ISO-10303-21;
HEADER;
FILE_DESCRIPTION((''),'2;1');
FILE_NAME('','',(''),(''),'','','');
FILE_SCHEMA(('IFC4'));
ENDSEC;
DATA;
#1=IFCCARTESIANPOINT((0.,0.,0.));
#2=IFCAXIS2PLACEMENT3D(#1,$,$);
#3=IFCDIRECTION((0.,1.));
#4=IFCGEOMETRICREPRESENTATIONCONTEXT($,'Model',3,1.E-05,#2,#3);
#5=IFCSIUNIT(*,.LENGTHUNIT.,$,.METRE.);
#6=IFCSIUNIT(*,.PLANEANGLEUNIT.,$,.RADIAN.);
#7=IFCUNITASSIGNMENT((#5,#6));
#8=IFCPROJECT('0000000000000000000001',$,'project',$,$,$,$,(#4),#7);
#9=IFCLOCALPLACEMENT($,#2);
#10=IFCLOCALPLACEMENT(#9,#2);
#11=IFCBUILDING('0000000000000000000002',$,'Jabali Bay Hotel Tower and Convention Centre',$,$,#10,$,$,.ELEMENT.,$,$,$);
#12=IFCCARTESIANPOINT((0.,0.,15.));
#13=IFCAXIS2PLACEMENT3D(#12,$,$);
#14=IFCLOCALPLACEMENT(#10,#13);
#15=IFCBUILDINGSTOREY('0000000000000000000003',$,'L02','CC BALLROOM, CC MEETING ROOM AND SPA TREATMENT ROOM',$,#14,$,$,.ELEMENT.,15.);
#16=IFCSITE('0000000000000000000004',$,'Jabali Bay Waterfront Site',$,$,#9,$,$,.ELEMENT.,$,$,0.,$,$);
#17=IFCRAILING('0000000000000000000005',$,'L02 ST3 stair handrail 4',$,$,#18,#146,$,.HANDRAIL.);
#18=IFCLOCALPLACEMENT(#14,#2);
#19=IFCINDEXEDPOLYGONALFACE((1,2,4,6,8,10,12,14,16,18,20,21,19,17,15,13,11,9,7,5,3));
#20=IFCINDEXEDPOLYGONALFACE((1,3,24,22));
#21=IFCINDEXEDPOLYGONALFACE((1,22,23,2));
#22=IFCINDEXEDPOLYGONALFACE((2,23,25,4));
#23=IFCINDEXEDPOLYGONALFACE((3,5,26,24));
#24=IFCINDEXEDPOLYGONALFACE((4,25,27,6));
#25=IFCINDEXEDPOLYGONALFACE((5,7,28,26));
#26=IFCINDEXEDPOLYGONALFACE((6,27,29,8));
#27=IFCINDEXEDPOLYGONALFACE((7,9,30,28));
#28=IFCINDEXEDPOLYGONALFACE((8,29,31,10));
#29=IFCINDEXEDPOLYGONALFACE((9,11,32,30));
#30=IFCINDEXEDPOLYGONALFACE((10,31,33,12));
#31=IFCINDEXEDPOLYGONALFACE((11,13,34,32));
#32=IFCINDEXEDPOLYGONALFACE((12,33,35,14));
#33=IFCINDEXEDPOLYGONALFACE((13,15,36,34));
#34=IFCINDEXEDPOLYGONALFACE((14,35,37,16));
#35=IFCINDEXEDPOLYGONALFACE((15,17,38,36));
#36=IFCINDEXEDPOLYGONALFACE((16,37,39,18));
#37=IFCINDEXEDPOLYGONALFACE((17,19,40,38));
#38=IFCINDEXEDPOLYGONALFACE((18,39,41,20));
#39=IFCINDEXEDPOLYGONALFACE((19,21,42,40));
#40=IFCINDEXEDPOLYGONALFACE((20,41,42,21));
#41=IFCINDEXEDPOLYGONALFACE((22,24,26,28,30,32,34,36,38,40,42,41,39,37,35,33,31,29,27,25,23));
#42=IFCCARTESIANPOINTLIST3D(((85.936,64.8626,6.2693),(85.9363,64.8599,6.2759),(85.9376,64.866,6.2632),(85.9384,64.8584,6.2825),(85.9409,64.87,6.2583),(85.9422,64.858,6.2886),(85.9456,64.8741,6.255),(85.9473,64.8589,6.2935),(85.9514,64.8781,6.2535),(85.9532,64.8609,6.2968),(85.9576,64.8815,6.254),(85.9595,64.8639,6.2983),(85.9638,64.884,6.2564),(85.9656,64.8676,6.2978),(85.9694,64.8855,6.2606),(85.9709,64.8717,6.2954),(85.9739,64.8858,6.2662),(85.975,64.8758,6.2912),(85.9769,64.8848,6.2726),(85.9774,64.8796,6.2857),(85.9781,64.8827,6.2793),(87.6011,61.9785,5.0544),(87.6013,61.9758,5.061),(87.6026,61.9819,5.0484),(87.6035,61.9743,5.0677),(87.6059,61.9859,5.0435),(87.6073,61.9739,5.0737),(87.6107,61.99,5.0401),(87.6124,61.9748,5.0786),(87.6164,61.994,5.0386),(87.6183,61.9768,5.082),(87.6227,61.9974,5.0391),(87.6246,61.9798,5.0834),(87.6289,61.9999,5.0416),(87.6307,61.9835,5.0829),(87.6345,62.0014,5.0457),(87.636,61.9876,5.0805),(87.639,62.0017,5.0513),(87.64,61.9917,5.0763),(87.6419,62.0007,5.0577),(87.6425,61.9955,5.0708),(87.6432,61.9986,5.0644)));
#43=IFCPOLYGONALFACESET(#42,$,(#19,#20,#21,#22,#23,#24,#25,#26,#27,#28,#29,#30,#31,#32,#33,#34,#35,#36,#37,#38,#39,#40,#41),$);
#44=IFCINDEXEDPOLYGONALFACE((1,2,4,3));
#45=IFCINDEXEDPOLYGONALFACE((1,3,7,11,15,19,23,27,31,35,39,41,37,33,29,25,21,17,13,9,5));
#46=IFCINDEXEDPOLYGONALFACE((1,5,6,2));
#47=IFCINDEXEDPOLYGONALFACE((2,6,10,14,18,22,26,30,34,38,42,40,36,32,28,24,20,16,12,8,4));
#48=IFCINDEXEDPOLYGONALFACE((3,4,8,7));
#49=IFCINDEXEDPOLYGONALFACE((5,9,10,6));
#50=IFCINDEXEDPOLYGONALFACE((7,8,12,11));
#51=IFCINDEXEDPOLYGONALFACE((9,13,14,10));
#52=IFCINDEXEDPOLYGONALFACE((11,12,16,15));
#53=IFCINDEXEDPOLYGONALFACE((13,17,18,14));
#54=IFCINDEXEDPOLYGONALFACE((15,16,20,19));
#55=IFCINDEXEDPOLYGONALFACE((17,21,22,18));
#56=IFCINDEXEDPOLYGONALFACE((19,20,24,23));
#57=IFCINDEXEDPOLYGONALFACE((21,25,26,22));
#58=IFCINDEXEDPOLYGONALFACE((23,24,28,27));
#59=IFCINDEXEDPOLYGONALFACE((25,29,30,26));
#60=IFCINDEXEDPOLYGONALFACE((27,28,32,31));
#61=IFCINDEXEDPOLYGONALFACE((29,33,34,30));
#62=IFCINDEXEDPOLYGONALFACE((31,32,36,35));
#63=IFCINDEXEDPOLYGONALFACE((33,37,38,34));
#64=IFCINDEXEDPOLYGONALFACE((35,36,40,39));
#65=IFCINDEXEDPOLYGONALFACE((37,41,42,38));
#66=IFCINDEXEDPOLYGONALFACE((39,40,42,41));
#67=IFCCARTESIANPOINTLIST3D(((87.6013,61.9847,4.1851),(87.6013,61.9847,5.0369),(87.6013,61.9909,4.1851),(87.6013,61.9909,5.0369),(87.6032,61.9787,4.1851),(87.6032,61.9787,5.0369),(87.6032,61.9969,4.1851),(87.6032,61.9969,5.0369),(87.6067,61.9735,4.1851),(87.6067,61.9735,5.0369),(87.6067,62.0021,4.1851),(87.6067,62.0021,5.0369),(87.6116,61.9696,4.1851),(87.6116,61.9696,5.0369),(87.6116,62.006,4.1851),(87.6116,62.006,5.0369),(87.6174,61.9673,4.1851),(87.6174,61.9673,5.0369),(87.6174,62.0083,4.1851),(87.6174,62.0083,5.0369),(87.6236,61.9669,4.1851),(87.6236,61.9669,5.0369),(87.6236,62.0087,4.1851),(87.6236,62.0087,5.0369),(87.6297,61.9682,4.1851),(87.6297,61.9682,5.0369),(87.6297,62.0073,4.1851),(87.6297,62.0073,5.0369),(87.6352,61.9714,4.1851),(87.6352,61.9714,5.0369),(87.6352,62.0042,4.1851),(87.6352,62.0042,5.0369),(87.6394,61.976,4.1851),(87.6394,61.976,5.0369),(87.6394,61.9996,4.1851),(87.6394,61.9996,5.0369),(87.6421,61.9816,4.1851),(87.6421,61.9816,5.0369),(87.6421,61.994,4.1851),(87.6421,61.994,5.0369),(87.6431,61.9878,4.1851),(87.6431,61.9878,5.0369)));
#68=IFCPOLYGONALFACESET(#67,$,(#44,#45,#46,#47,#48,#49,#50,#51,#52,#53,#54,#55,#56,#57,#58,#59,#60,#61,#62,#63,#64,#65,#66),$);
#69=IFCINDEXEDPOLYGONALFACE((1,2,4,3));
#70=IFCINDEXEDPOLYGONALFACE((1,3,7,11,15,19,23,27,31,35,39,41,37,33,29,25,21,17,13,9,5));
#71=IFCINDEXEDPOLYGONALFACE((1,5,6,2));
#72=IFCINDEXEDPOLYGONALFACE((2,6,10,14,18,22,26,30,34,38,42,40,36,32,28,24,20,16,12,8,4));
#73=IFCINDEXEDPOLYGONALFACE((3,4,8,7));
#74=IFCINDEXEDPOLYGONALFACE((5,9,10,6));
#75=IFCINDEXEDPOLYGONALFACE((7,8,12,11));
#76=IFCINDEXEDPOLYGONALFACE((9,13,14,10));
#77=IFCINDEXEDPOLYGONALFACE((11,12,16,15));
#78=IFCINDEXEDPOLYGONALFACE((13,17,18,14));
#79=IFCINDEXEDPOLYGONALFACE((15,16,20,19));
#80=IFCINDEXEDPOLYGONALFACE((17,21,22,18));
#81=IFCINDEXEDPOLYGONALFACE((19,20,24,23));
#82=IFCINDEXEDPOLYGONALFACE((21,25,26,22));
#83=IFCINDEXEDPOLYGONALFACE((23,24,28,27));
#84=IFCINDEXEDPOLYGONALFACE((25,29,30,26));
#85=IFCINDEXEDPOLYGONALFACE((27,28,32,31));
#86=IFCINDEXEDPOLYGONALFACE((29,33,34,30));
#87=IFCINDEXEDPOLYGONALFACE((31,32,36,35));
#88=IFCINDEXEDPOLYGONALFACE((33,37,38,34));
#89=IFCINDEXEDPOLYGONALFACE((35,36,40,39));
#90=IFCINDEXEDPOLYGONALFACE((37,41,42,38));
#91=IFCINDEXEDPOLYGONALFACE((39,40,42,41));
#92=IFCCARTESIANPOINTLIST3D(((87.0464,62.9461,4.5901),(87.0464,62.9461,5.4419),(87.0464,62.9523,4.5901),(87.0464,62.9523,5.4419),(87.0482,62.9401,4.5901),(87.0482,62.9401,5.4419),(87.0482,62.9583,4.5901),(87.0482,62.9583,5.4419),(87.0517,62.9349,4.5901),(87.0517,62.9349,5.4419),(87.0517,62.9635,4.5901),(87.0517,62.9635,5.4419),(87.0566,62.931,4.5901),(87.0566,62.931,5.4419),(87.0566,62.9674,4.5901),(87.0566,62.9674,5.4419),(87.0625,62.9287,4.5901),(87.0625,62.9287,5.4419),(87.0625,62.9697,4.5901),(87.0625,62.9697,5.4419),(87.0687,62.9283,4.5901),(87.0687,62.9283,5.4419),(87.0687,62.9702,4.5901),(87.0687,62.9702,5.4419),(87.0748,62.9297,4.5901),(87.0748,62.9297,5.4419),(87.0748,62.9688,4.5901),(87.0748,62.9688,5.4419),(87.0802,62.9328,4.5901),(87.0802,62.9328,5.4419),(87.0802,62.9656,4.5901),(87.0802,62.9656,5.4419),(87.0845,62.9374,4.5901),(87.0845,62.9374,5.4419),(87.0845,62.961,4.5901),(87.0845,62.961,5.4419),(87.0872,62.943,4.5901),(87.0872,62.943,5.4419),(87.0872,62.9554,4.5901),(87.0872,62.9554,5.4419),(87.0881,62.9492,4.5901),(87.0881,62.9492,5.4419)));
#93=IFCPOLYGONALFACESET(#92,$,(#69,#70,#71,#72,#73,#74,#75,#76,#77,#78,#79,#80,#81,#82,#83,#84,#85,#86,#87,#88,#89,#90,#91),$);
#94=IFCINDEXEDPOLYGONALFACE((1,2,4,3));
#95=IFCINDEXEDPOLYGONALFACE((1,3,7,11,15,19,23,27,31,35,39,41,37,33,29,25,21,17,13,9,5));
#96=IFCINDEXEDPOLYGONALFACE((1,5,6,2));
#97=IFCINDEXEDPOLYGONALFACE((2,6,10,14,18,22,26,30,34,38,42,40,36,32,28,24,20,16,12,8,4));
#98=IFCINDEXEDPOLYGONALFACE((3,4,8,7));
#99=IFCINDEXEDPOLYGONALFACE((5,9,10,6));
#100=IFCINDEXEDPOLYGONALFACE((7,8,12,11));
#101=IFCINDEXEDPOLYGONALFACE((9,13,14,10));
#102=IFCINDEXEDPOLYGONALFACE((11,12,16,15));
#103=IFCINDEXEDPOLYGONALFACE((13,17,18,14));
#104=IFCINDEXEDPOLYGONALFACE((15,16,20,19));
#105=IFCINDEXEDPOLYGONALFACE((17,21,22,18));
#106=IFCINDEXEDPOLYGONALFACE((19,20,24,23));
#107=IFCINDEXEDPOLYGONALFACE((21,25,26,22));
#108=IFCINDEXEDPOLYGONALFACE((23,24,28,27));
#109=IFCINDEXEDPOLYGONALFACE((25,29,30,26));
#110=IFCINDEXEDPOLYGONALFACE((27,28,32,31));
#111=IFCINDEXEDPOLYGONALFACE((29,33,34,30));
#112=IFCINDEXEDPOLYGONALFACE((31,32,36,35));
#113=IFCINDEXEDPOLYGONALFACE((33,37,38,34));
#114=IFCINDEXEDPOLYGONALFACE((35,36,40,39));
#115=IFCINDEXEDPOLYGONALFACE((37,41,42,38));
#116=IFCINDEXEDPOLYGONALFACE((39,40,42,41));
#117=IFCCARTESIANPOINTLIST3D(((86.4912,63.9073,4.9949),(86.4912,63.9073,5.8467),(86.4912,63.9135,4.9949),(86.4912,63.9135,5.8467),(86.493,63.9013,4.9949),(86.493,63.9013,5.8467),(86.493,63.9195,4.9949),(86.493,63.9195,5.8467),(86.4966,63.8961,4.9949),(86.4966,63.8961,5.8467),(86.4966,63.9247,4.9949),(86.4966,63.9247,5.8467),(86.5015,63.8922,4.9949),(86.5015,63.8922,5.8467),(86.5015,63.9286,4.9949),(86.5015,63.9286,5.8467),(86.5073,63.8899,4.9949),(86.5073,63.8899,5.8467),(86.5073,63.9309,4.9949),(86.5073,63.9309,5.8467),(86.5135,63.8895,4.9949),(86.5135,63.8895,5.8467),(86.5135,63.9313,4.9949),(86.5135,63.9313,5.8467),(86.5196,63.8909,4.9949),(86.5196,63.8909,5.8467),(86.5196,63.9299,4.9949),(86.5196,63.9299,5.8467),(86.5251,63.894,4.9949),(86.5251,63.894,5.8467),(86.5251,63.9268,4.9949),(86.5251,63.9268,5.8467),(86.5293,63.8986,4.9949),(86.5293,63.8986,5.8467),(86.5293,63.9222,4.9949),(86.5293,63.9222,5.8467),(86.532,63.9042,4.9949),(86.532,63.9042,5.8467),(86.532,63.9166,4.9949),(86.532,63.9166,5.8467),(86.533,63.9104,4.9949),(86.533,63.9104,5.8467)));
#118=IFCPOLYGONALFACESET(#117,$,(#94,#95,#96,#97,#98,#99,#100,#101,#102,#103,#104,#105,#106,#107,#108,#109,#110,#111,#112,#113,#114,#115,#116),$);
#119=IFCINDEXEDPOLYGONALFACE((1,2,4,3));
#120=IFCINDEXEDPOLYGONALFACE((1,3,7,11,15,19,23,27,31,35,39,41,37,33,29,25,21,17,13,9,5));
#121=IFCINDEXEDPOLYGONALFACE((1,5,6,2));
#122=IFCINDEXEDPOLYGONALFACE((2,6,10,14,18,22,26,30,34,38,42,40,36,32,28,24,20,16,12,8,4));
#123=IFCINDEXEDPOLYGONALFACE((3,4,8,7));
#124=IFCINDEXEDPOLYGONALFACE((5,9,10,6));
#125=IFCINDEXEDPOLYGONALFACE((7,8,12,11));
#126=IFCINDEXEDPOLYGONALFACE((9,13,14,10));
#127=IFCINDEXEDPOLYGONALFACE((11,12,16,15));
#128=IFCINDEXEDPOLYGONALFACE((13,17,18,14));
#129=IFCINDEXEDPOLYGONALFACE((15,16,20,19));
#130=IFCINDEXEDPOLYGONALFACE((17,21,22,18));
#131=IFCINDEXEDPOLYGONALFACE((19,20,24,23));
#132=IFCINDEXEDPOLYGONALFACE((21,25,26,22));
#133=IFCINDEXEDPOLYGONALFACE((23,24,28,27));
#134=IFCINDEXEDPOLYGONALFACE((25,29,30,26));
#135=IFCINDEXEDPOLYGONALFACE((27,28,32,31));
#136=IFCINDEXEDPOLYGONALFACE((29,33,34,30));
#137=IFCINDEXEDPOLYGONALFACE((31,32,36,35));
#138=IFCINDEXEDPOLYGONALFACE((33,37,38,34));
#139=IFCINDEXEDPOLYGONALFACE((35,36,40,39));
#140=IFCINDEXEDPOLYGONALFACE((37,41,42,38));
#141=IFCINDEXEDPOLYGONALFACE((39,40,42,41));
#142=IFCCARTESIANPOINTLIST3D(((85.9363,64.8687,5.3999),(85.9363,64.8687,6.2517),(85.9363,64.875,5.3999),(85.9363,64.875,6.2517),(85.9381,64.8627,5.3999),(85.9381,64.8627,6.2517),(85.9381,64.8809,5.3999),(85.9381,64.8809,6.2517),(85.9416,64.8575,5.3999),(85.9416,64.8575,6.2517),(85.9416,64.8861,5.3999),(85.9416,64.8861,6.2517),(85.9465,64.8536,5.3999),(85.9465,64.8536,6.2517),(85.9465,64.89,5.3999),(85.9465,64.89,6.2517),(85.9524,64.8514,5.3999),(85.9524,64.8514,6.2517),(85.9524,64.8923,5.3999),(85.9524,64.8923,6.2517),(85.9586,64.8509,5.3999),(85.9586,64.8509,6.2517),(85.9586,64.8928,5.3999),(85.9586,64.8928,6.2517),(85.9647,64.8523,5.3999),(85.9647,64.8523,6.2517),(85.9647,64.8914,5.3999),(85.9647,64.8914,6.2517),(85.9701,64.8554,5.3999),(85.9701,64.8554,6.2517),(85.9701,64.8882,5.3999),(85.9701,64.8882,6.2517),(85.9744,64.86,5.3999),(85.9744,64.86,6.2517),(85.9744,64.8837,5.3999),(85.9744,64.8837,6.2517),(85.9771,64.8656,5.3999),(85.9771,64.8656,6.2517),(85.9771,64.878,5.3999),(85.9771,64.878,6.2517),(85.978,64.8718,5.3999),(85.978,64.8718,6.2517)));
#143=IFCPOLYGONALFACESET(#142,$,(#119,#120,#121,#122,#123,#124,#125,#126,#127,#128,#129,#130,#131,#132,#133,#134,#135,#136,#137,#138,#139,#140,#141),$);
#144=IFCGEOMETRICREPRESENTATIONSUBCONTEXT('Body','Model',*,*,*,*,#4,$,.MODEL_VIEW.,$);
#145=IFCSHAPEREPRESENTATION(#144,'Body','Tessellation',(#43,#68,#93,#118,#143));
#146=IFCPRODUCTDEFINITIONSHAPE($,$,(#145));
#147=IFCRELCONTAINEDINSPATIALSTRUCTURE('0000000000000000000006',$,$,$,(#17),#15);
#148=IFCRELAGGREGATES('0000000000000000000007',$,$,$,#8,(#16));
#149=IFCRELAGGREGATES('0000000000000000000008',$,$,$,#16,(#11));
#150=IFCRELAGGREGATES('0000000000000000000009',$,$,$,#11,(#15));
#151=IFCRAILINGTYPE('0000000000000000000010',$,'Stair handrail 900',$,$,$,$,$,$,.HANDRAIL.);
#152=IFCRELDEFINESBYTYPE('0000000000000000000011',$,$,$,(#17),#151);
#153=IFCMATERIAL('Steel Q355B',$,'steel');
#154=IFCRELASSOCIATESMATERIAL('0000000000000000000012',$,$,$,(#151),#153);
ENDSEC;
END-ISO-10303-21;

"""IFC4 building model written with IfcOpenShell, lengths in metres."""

from ifc_helpers import new_model, si_unit, direction, frame, origin, origin_2d, place, context, subcontext, project, spatial, circle, extrude, material, type_object, element, save


model = new_model("IFC4")

# Units and contexts
model_context = context("Model", 3, precision=1e-05, world=origin(), true_north=direction((0.0, 1.0)))
body_context = subcontext(model_context, "Body", "Model", "MODEL_VIEW")
ifc_project = project(units=[si_unit("LENGTHUNIT", "METRE"), si_unit("PLANEANGLEUNIT", "RADIAN")], contexts=[model_context])

# Site, building, storey
site_placement = place(None, origin())
site = spatial("IfcSite", under=ifc_project, at=site_placement, Name="Jabali Bay Waterfront Site", CompositionType="ELEMENT", RefElevation=0.0)
building_placement = place(site_placement, origin())
building = spatial("IfcBuilding", under=site, at=building_placement, Name="Jabali Bay Hotel Tower and Convention Centre", CompositionType="ELEMENT")
storey_placement = place(building_placement, frame((0.0, 0.0, 15.0)))
storey = spatial("IfcBuildingStorey", under=building, at=storey_placement, Name="L02", Description="CC BALLROOM, CC MEETING ROOM AND SPA TREATMENT ROOM", CompositionType="ELEMENT", Elevation=15.0)

# Railing
ifc_material_1 = material(Name="Steel Q355B", Category="steel")
railing_type_1 = type_object("IfcRailingType", Name="Stair handrail 900", PredefinedType="HANDRAIL", material=ifc_material_1)
for number, where, name in (
    (1, (87.6221, 61.9878, 4.1851), "L02 ST3 stair handrail 4"),
):
    element("IfcRailing", number, at=place(storey_placement, frame(where)), inside=storey, type_object=railing_type_1, Name=name, PredefinedType="HANDRAIL", context=body_context, shape_type="SweptSolid", body=[
        extrude(circle(Radius=0.0239, at=origin_2d()), frame((0.0, 0.0, 0.876), z_axis=(-0.469709, 0.813588, 0.342708), x_axis=(-0.866033, -0.499987, 0.0)), (0.0, 0.0, 1.0), 3.5449),
        extrude(circle(Radius=0.021, at=origin_2d()), origin(), (0.0, 0.0, 1.0), 0.8518),
        extrude(circle(Radius=0.021, at=origin_2d()), frame((-0.5549, 0.9614, 0.405)), (0.0, 0.0, 1.0), 0.8518),
        extrude(circle(Radius=0.021, at=origin_2d()), frame((-1.1101, 1.9226, 0.8098)), (0.0, 0.0, 1.0), 0.8518),
        extrude(circle(Radius=0.021, at=origin_2d()), frame((-1.665, 2.884, 1.2148)), (0.0, 0.0, 1.0), 0.8518),
    ])

save(model, "model.ifc")
